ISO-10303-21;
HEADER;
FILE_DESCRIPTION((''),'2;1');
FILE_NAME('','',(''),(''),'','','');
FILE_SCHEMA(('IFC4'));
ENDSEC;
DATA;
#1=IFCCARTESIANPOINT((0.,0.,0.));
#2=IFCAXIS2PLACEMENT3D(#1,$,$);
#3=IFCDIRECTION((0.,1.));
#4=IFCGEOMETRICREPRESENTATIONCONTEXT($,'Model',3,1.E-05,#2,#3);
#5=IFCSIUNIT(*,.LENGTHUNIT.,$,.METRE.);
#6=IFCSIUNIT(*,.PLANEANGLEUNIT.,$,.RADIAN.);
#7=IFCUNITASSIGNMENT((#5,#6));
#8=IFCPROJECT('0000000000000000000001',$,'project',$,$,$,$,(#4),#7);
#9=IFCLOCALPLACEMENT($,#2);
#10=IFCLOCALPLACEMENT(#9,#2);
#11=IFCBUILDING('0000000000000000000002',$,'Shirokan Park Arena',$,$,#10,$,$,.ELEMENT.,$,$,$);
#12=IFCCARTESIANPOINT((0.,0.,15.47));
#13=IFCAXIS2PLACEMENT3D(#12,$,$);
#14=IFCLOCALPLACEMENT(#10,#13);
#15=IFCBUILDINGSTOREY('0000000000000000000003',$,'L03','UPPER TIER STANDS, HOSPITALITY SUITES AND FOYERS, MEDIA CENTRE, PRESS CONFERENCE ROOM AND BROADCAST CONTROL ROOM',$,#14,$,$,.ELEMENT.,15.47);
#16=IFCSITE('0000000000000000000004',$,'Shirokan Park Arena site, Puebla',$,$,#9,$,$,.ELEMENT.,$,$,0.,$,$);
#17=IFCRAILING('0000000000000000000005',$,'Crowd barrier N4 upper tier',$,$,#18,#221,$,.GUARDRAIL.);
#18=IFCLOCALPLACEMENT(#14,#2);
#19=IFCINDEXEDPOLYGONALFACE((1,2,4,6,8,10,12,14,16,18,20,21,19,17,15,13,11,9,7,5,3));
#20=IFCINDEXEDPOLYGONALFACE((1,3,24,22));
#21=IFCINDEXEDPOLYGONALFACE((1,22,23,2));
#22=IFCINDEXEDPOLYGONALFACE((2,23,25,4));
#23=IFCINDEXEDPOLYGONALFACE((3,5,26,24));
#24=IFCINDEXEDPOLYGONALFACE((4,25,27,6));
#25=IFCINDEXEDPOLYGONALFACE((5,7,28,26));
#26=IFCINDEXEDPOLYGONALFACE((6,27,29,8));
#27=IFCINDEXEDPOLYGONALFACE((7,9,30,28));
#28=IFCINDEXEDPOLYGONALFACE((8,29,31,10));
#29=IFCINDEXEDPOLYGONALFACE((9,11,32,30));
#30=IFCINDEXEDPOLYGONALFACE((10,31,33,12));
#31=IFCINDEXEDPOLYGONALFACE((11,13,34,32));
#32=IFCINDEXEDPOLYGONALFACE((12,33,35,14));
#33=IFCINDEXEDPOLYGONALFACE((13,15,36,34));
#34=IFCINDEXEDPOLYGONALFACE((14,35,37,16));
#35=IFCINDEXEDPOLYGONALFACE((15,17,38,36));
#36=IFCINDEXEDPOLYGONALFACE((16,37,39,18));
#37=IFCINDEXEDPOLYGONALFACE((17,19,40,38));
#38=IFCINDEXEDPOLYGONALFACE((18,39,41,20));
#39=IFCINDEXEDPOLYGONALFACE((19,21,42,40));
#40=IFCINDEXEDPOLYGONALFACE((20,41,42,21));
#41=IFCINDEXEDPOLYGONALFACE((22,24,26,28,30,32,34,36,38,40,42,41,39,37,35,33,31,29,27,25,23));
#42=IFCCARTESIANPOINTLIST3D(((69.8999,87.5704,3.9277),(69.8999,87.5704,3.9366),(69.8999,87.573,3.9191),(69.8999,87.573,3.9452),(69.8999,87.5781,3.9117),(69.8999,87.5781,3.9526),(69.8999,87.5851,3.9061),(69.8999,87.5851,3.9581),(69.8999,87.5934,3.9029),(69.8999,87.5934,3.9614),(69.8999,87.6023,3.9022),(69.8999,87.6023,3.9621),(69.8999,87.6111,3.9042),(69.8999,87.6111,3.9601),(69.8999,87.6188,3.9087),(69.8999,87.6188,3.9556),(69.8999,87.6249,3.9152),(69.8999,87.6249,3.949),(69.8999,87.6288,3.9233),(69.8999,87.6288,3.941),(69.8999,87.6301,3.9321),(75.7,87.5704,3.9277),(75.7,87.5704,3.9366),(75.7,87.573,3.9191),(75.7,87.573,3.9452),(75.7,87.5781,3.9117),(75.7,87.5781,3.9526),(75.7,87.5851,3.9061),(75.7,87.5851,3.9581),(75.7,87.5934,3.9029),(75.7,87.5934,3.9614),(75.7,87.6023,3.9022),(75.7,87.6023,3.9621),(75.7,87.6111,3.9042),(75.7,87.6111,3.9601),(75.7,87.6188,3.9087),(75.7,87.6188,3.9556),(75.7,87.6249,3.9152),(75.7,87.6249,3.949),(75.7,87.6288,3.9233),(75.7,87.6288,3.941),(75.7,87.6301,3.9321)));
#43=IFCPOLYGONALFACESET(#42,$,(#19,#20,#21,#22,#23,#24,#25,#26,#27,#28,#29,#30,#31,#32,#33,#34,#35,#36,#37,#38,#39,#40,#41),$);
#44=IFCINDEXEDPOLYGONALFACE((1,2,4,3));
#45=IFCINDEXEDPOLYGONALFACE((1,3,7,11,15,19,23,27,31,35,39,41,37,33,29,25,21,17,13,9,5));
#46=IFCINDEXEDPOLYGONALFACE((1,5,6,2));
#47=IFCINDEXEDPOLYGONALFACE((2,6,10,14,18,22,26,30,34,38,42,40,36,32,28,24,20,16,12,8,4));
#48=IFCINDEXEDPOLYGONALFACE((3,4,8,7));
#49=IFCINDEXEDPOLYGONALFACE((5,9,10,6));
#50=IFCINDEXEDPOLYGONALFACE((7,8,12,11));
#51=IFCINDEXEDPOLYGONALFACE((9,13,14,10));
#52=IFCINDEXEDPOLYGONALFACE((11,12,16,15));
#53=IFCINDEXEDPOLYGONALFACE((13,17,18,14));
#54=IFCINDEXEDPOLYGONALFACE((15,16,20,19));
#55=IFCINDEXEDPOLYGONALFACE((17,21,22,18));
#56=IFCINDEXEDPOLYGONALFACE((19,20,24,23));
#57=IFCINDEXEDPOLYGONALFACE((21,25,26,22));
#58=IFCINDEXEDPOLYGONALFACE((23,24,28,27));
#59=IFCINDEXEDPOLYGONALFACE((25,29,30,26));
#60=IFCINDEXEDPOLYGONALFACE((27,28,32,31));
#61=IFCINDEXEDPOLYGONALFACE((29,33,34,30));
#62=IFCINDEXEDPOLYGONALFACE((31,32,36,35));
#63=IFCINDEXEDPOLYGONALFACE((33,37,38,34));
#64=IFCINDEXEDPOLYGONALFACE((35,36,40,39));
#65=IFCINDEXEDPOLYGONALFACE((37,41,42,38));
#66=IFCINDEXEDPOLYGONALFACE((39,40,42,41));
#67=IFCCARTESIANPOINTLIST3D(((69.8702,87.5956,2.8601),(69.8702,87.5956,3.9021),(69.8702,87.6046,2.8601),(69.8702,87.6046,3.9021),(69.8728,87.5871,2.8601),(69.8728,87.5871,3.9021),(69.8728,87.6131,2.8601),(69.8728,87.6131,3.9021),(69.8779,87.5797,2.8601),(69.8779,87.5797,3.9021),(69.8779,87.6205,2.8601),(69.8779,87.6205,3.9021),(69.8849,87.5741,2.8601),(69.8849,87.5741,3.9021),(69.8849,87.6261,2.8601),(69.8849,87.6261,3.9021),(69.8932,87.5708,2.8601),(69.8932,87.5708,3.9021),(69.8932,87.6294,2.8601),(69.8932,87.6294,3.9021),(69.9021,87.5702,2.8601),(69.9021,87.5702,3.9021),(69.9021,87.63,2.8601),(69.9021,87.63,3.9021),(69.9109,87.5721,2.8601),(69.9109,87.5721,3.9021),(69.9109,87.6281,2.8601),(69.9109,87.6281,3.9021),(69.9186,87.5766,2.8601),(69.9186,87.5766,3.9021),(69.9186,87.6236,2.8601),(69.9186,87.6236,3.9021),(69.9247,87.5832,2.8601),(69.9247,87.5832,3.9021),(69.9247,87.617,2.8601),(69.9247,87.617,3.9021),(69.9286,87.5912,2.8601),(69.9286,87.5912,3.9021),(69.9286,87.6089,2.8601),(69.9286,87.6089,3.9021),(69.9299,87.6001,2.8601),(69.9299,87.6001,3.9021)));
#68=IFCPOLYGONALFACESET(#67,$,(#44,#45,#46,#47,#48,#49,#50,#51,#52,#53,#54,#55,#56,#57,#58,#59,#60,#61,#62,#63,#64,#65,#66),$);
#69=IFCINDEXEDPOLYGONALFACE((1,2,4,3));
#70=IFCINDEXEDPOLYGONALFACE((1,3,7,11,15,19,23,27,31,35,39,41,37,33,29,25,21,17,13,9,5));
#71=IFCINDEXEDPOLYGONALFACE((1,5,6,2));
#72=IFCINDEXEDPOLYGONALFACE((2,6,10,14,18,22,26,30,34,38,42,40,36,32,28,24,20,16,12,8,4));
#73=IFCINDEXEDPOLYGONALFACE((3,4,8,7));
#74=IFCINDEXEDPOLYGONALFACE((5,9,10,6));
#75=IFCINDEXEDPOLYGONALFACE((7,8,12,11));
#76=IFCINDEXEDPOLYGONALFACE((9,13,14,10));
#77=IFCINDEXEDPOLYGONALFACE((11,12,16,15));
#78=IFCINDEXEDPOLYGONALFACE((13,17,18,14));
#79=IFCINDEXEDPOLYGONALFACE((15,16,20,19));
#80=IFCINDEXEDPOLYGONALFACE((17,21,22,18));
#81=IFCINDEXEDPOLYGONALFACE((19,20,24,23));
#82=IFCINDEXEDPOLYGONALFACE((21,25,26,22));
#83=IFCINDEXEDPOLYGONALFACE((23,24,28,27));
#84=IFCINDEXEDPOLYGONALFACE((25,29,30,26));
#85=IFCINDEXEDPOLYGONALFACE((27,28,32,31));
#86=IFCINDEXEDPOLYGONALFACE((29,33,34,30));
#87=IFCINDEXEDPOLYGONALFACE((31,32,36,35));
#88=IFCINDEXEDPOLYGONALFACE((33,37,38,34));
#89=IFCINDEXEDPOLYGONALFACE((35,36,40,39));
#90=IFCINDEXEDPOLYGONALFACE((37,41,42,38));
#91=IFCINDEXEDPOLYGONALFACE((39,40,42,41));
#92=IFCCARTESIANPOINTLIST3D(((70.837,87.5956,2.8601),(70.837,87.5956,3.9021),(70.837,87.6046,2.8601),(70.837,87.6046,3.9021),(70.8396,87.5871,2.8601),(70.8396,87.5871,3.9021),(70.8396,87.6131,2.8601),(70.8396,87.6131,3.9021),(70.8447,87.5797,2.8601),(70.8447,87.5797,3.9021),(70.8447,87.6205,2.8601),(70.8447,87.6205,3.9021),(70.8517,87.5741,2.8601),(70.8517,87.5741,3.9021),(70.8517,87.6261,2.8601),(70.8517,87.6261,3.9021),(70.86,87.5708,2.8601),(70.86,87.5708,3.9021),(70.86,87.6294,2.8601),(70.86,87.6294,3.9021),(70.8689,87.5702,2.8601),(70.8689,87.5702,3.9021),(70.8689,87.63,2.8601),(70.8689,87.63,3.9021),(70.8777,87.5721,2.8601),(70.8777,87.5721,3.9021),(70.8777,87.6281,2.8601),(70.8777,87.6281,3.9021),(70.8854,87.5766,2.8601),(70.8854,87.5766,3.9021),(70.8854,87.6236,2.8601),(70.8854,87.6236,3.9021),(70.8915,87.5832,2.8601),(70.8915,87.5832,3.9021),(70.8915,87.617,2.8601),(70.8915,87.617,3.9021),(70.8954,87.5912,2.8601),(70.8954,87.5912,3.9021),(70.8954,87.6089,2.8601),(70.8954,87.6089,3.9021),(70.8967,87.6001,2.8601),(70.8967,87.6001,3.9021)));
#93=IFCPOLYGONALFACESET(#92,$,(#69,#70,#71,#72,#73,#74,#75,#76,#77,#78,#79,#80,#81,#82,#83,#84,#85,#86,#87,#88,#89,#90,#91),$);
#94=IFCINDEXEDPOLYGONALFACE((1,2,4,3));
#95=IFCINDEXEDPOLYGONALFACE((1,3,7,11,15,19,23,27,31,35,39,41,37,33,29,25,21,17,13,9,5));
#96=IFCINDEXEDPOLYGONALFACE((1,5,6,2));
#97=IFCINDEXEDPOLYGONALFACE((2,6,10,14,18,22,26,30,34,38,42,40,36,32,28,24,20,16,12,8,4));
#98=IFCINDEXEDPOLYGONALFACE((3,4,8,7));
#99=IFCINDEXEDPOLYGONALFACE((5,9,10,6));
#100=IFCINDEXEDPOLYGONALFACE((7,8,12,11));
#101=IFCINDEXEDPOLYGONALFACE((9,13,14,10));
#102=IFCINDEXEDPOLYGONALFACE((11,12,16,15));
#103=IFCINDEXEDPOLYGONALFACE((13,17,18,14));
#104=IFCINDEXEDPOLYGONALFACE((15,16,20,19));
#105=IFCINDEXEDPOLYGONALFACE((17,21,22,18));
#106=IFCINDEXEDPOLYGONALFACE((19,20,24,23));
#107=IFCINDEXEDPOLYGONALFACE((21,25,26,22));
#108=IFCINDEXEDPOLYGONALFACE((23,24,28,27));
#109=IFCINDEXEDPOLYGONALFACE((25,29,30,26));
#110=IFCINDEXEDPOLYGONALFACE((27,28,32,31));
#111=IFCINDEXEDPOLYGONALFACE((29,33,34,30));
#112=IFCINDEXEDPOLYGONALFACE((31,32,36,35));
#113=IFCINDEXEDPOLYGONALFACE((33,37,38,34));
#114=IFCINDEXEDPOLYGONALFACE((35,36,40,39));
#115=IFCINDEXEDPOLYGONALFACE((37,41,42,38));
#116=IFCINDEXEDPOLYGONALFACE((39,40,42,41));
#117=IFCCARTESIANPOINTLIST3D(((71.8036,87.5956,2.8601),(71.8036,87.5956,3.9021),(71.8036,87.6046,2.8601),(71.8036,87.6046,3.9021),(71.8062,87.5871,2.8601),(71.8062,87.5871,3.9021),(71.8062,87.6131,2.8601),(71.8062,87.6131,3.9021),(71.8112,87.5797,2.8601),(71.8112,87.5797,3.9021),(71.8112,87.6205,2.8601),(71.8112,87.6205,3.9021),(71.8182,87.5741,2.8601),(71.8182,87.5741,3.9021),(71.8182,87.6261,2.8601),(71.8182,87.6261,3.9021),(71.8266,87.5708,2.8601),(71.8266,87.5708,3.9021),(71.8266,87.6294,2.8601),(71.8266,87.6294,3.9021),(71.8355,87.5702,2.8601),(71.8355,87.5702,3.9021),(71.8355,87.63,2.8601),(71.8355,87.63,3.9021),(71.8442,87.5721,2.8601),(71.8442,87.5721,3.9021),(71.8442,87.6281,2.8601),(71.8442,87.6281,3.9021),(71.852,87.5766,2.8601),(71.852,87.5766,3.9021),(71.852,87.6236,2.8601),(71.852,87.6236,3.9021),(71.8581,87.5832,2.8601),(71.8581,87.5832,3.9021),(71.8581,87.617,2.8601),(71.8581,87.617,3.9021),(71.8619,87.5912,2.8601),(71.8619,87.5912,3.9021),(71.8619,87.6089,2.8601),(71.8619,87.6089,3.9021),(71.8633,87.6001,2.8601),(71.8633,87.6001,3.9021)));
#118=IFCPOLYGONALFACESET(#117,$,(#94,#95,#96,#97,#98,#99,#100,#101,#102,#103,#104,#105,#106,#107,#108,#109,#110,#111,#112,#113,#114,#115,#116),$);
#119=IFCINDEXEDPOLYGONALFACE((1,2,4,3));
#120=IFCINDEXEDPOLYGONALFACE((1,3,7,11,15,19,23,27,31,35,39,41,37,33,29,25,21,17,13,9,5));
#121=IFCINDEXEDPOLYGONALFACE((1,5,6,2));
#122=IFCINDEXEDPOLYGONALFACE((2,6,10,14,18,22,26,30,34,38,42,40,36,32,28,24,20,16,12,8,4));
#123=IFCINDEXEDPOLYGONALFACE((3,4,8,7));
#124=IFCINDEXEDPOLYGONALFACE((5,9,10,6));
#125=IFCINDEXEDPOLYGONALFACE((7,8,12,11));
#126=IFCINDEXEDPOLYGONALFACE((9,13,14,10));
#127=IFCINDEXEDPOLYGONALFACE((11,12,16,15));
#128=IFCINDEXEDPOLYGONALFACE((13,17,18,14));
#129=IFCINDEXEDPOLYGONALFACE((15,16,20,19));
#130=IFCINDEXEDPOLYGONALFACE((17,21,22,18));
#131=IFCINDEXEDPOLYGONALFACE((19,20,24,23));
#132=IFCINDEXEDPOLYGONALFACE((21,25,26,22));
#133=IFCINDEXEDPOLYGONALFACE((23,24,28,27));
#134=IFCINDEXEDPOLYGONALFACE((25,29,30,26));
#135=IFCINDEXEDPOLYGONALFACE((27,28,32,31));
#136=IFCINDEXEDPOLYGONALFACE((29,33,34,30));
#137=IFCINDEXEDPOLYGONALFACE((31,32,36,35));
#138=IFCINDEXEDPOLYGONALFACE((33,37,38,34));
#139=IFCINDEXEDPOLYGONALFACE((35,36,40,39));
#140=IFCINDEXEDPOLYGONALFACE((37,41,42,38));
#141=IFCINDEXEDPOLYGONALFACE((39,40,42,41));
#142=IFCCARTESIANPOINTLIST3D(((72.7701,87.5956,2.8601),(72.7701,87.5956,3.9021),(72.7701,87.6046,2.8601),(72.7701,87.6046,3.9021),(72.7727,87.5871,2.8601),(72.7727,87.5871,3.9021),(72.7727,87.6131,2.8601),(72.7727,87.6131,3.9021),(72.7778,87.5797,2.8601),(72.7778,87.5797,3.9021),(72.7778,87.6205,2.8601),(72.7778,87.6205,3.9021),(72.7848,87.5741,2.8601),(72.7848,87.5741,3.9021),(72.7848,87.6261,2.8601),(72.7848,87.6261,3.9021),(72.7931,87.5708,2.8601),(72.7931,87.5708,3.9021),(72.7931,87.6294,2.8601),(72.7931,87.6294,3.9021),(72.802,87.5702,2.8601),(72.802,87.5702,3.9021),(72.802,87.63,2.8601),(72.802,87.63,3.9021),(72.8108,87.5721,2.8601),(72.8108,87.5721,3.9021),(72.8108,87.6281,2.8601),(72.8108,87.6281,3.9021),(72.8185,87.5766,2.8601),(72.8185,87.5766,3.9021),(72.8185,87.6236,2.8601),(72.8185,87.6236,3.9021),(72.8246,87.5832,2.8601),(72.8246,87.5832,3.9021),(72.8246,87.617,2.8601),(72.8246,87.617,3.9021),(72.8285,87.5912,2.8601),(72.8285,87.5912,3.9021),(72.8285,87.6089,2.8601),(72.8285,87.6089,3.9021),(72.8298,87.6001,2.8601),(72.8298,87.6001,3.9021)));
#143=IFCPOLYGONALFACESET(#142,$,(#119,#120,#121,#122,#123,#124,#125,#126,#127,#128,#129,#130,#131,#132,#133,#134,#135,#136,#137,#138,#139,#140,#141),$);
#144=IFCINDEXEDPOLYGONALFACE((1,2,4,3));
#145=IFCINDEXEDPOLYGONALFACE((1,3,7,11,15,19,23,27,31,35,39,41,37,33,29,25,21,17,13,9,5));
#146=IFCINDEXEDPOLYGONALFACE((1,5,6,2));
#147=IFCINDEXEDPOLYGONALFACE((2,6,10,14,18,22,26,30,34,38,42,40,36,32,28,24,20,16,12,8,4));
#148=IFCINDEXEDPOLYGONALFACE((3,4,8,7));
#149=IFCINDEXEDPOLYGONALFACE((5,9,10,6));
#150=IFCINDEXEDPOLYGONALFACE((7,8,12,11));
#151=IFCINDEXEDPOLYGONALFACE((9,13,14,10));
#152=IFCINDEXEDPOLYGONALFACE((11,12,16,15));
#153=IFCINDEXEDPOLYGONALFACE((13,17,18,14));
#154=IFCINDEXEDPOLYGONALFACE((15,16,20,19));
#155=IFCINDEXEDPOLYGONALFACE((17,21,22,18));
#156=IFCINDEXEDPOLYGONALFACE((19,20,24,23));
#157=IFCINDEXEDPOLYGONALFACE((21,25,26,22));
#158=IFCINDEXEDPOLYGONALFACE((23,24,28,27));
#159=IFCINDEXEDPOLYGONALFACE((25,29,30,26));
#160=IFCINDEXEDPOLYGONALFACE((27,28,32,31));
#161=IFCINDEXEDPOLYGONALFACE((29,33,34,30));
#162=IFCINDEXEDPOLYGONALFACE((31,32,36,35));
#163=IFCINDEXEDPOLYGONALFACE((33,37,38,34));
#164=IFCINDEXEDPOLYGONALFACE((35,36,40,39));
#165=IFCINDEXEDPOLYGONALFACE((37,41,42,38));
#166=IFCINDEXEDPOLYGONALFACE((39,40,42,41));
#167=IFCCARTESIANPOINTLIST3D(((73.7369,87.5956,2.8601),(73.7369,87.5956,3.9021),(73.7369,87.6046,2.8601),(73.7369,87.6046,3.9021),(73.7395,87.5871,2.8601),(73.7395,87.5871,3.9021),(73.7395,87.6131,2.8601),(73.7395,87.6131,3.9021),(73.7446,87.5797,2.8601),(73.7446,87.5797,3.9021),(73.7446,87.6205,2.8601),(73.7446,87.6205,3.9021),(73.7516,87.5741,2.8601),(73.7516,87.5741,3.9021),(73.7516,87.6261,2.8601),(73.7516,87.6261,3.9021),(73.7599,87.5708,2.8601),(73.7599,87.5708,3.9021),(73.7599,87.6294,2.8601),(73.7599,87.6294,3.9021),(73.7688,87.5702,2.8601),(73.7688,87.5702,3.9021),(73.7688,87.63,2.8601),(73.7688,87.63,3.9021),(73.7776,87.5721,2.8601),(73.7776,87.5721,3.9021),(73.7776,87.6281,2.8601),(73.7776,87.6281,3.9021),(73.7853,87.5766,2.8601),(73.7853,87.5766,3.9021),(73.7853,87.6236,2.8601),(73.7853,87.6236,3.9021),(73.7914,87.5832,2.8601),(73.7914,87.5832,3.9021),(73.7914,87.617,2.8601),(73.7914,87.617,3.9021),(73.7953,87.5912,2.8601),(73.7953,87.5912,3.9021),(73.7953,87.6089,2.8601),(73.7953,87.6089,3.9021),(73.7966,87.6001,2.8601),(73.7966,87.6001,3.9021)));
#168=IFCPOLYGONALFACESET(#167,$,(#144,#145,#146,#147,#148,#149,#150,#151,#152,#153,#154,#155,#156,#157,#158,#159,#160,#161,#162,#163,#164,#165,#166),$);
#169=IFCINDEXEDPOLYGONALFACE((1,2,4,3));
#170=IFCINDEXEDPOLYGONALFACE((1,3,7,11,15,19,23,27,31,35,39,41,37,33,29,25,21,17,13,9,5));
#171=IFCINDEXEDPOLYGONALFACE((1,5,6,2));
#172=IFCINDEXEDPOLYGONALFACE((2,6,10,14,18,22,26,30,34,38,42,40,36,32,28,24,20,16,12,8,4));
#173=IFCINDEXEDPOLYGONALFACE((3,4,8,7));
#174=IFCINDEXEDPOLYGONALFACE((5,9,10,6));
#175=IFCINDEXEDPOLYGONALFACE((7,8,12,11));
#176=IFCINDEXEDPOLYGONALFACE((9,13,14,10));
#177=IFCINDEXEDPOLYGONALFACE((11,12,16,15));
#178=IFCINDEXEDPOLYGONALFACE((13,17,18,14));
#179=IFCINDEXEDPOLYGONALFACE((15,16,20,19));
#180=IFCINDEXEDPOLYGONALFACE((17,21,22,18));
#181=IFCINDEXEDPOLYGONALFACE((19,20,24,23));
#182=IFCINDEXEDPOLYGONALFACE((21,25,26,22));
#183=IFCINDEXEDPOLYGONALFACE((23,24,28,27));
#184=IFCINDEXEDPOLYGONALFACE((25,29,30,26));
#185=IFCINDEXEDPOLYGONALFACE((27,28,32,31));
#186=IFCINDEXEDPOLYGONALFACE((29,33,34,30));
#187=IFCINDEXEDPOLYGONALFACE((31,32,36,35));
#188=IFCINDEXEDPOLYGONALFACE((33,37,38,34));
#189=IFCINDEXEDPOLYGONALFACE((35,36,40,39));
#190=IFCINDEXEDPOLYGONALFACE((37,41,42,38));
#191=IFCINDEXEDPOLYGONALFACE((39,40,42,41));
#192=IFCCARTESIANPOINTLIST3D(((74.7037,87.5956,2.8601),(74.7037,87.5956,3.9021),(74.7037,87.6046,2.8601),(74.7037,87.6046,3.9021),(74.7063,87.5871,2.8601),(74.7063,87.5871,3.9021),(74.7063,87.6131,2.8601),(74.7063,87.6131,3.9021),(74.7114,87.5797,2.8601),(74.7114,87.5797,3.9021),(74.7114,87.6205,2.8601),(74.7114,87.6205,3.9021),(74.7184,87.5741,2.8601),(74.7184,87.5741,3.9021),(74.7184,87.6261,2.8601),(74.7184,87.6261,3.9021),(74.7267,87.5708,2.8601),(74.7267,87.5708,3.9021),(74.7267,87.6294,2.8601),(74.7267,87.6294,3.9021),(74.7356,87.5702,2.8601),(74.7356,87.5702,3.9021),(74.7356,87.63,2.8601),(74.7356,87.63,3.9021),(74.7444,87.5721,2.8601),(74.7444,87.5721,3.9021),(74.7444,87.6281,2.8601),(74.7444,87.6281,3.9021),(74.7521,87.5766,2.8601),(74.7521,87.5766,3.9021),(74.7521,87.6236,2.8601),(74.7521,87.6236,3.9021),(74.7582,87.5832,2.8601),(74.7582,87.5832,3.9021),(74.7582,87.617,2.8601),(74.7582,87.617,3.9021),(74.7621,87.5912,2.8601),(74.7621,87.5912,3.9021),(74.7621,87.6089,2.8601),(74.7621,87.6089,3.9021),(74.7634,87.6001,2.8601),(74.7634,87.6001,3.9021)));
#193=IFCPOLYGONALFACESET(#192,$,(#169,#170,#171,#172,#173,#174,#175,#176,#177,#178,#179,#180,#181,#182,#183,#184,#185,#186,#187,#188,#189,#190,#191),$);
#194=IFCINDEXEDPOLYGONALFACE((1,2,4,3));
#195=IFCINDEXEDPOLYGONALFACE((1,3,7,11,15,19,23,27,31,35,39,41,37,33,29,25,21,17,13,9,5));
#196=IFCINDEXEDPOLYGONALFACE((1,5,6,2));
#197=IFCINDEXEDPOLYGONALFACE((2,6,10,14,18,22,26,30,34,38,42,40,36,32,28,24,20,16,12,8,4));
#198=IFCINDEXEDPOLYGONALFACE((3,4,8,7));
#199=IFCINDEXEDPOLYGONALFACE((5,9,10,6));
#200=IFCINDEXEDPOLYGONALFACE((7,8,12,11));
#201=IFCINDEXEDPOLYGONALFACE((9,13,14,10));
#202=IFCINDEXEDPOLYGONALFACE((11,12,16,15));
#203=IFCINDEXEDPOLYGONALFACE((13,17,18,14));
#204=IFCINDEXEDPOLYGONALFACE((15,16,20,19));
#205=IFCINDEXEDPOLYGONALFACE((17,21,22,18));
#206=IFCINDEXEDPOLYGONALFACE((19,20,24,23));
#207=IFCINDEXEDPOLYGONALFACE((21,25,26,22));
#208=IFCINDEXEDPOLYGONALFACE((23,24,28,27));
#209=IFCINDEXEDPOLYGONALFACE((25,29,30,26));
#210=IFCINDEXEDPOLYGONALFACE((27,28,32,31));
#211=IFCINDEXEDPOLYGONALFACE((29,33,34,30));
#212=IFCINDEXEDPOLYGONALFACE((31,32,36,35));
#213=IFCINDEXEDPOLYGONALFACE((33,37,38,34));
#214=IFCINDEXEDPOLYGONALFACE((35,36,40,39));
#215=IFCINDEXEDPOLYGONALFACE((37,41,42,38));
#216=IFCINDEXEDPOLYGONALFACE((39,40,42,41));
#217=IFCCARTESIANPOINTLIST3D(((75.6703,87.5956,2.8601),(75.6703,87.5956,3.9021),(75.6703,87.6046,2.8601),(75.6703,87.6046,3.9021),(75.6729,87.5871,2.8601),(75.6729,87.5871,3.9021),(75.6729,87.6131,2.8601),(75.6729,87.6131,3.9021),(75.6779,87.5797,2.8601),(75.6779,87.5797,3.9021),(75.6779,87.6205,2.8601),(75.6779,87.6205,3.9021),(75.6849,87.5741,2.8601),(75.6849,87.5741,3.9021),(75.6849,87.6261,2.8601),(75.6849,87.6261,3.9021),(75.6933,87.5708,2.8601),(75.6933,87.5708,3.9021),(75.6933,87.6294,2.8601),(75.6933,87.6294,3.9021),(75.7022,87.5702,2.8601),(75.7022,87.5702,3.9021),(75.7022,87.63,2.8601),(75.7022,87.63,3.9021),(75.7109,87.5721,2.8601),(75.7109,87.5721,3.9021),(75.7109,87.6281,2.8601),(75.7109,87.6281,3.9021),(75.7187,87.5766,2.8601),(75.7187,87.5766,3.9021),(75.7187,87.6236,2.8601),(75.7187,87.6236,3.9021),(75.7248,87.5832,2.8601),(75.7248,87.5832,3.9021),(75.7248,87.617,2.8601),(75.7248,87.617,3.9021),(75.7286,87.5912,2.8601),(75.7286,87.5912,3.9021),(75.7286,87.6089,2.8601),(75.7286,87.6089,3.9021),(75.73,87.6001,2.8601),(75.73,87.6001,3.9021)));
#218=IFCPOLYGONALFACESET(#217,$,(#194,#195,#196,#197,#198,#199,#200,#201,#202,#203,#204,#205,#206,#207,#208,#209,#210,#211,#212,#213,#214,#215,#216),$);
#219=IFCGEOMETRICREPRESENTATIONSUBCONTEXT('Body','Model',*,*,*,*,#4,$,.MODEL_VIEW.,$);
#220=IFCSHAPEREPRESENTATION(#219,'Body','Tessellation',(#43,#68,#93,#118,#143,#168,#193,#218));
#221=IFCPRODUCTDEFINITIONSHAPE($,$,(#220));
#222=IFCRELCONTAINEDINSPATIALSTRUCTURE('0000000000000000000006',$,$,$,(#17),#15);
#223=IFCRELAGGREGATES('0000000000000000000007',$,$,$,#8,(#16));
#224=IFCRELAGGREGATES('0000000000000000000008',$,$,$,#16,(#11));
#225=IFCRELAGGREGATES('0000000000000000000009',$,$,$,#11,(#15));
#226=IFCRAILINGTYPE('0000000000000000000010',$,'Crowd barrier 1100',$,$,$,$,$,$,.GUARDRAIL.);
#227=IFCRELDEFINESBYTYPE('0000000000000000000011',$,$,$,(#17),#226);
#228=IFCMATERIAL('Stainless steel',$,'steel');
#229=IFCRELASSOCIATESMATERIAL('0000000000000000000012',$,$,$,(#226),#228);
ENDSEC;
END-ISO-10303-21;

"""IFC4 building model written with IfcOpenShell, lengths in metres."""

from ifc_helpers import new_model, si_unit, direction, frame, origin, origin_2d, place, context, subcontext, project, spatial, circle, extrude, material, type_object, element, save


model = new_model("IFC4")

# Units and contexts
model_context = context("Model", 3, precision=1e-05, world=origin(), true_north=direction((0.0, 1.0)))
body_context = subcontext(model_context, "Body", "Model", "MODEL_VIEW")
ifc_project = project(units=[si_unit("LENGTHUNIT", "METRE"), si_unit("PLANEANGLEUNIT", "RADIAN")], contexts=[model_context])

# Site, building, storey
site_placement = place(None, origin())
site = spatial("IfcSite", under=ifc_project, at=site_placement, Name="Shirokan Park Arena site, Puebla", CompositionType="ELEMENT", RefElevation=0.0)
building_placement = place(site_placement, origin())
building = spatial("IfcBuilding", under=site, at=building_placement, Name="Shirokan Park Arena", CompositionType="ELEMENT")
storey_placement = place(building_placement, frame((0.0, 0.0, 15.47)))
storey = spatial("IfcBuildingStorey", under=building, at=storey_placement, Name="L03", Description="UPPER TIER STANDS, HOSPITALITY SUITES AND FOYERS, MEDIA CENTRE, PRESS CONFERENCE ROOM AND BROADCAST CONTROL ROOM", CompositionType="ELEMENT", Elevation=15.47)

# Railing
ifc_material_1 = material(Name="Stainless steel", Category="steel")
railing_type_1 = type_object("IfcRailingType", Name="Crowd barrier 1100", PredefinedType="GUARDRAIL", material=ifc_material_1)
railing_1_placement = place(storey_placement, frame((69.8999, 87.6001, 2.8601)))
element("IfcRailing", 1, at=railing_1_placement, inside=storey, type_object=railing_type_1, Name="Crowd barrier N4 upper tier", PredefinedType="GUARDRAIL", context=body_context, shape_type="SweptSolid", body=[
    extrude(circle(Radius=0.03, at=origin_2d()), frame((0.0, 0.0, 1.072), z_axis=(1.0, 0.0, 0.0), x_axis=(0.0, 1.0, 0.0)), (0.0, 0.0, 1.0), 5.8),
    extrude(circle(Radius=0.03, at=origin_2d()), origin(), (0.0, 0.0, 1.0), 1.042),
    extrude(circle(Radius=0.03, at=origin_2d()), frame((0.9668, 0.0, 0.0)), (0.0, 0.0, 1.0), 1.042),
    extrude(circle(Radius=0.03, at=origin_2d()), frame((1.9333, 0.0, 0.0)), (0.0, 0.0, 1.0), 1.042),
    extrude(circle(Radius=0.03, at=origin_2d()), frame((2.8999, 0.0, 0.0)), (0.0, 0.0, 1.0), 1.042),
    extrude(circle(Radius=0.03, at=origin_2d()), frame((3.8667, 0.0, 0.0)), (0.0, 0.0, 1.0), 1.042),
    extrude(circle(Radius=0.03, at=origin_2d()), frame((4.8335, 0.0, 0.0)), (0.0, 0.0, 1.0), 1.042),
    extrude(circle(Radius=0.03, at=origin_2d()), frame((5.8, 0.0, 0.0)), (0.0, 0.0, 1.0), 1.042),
])

save(model, "model.ifc")
